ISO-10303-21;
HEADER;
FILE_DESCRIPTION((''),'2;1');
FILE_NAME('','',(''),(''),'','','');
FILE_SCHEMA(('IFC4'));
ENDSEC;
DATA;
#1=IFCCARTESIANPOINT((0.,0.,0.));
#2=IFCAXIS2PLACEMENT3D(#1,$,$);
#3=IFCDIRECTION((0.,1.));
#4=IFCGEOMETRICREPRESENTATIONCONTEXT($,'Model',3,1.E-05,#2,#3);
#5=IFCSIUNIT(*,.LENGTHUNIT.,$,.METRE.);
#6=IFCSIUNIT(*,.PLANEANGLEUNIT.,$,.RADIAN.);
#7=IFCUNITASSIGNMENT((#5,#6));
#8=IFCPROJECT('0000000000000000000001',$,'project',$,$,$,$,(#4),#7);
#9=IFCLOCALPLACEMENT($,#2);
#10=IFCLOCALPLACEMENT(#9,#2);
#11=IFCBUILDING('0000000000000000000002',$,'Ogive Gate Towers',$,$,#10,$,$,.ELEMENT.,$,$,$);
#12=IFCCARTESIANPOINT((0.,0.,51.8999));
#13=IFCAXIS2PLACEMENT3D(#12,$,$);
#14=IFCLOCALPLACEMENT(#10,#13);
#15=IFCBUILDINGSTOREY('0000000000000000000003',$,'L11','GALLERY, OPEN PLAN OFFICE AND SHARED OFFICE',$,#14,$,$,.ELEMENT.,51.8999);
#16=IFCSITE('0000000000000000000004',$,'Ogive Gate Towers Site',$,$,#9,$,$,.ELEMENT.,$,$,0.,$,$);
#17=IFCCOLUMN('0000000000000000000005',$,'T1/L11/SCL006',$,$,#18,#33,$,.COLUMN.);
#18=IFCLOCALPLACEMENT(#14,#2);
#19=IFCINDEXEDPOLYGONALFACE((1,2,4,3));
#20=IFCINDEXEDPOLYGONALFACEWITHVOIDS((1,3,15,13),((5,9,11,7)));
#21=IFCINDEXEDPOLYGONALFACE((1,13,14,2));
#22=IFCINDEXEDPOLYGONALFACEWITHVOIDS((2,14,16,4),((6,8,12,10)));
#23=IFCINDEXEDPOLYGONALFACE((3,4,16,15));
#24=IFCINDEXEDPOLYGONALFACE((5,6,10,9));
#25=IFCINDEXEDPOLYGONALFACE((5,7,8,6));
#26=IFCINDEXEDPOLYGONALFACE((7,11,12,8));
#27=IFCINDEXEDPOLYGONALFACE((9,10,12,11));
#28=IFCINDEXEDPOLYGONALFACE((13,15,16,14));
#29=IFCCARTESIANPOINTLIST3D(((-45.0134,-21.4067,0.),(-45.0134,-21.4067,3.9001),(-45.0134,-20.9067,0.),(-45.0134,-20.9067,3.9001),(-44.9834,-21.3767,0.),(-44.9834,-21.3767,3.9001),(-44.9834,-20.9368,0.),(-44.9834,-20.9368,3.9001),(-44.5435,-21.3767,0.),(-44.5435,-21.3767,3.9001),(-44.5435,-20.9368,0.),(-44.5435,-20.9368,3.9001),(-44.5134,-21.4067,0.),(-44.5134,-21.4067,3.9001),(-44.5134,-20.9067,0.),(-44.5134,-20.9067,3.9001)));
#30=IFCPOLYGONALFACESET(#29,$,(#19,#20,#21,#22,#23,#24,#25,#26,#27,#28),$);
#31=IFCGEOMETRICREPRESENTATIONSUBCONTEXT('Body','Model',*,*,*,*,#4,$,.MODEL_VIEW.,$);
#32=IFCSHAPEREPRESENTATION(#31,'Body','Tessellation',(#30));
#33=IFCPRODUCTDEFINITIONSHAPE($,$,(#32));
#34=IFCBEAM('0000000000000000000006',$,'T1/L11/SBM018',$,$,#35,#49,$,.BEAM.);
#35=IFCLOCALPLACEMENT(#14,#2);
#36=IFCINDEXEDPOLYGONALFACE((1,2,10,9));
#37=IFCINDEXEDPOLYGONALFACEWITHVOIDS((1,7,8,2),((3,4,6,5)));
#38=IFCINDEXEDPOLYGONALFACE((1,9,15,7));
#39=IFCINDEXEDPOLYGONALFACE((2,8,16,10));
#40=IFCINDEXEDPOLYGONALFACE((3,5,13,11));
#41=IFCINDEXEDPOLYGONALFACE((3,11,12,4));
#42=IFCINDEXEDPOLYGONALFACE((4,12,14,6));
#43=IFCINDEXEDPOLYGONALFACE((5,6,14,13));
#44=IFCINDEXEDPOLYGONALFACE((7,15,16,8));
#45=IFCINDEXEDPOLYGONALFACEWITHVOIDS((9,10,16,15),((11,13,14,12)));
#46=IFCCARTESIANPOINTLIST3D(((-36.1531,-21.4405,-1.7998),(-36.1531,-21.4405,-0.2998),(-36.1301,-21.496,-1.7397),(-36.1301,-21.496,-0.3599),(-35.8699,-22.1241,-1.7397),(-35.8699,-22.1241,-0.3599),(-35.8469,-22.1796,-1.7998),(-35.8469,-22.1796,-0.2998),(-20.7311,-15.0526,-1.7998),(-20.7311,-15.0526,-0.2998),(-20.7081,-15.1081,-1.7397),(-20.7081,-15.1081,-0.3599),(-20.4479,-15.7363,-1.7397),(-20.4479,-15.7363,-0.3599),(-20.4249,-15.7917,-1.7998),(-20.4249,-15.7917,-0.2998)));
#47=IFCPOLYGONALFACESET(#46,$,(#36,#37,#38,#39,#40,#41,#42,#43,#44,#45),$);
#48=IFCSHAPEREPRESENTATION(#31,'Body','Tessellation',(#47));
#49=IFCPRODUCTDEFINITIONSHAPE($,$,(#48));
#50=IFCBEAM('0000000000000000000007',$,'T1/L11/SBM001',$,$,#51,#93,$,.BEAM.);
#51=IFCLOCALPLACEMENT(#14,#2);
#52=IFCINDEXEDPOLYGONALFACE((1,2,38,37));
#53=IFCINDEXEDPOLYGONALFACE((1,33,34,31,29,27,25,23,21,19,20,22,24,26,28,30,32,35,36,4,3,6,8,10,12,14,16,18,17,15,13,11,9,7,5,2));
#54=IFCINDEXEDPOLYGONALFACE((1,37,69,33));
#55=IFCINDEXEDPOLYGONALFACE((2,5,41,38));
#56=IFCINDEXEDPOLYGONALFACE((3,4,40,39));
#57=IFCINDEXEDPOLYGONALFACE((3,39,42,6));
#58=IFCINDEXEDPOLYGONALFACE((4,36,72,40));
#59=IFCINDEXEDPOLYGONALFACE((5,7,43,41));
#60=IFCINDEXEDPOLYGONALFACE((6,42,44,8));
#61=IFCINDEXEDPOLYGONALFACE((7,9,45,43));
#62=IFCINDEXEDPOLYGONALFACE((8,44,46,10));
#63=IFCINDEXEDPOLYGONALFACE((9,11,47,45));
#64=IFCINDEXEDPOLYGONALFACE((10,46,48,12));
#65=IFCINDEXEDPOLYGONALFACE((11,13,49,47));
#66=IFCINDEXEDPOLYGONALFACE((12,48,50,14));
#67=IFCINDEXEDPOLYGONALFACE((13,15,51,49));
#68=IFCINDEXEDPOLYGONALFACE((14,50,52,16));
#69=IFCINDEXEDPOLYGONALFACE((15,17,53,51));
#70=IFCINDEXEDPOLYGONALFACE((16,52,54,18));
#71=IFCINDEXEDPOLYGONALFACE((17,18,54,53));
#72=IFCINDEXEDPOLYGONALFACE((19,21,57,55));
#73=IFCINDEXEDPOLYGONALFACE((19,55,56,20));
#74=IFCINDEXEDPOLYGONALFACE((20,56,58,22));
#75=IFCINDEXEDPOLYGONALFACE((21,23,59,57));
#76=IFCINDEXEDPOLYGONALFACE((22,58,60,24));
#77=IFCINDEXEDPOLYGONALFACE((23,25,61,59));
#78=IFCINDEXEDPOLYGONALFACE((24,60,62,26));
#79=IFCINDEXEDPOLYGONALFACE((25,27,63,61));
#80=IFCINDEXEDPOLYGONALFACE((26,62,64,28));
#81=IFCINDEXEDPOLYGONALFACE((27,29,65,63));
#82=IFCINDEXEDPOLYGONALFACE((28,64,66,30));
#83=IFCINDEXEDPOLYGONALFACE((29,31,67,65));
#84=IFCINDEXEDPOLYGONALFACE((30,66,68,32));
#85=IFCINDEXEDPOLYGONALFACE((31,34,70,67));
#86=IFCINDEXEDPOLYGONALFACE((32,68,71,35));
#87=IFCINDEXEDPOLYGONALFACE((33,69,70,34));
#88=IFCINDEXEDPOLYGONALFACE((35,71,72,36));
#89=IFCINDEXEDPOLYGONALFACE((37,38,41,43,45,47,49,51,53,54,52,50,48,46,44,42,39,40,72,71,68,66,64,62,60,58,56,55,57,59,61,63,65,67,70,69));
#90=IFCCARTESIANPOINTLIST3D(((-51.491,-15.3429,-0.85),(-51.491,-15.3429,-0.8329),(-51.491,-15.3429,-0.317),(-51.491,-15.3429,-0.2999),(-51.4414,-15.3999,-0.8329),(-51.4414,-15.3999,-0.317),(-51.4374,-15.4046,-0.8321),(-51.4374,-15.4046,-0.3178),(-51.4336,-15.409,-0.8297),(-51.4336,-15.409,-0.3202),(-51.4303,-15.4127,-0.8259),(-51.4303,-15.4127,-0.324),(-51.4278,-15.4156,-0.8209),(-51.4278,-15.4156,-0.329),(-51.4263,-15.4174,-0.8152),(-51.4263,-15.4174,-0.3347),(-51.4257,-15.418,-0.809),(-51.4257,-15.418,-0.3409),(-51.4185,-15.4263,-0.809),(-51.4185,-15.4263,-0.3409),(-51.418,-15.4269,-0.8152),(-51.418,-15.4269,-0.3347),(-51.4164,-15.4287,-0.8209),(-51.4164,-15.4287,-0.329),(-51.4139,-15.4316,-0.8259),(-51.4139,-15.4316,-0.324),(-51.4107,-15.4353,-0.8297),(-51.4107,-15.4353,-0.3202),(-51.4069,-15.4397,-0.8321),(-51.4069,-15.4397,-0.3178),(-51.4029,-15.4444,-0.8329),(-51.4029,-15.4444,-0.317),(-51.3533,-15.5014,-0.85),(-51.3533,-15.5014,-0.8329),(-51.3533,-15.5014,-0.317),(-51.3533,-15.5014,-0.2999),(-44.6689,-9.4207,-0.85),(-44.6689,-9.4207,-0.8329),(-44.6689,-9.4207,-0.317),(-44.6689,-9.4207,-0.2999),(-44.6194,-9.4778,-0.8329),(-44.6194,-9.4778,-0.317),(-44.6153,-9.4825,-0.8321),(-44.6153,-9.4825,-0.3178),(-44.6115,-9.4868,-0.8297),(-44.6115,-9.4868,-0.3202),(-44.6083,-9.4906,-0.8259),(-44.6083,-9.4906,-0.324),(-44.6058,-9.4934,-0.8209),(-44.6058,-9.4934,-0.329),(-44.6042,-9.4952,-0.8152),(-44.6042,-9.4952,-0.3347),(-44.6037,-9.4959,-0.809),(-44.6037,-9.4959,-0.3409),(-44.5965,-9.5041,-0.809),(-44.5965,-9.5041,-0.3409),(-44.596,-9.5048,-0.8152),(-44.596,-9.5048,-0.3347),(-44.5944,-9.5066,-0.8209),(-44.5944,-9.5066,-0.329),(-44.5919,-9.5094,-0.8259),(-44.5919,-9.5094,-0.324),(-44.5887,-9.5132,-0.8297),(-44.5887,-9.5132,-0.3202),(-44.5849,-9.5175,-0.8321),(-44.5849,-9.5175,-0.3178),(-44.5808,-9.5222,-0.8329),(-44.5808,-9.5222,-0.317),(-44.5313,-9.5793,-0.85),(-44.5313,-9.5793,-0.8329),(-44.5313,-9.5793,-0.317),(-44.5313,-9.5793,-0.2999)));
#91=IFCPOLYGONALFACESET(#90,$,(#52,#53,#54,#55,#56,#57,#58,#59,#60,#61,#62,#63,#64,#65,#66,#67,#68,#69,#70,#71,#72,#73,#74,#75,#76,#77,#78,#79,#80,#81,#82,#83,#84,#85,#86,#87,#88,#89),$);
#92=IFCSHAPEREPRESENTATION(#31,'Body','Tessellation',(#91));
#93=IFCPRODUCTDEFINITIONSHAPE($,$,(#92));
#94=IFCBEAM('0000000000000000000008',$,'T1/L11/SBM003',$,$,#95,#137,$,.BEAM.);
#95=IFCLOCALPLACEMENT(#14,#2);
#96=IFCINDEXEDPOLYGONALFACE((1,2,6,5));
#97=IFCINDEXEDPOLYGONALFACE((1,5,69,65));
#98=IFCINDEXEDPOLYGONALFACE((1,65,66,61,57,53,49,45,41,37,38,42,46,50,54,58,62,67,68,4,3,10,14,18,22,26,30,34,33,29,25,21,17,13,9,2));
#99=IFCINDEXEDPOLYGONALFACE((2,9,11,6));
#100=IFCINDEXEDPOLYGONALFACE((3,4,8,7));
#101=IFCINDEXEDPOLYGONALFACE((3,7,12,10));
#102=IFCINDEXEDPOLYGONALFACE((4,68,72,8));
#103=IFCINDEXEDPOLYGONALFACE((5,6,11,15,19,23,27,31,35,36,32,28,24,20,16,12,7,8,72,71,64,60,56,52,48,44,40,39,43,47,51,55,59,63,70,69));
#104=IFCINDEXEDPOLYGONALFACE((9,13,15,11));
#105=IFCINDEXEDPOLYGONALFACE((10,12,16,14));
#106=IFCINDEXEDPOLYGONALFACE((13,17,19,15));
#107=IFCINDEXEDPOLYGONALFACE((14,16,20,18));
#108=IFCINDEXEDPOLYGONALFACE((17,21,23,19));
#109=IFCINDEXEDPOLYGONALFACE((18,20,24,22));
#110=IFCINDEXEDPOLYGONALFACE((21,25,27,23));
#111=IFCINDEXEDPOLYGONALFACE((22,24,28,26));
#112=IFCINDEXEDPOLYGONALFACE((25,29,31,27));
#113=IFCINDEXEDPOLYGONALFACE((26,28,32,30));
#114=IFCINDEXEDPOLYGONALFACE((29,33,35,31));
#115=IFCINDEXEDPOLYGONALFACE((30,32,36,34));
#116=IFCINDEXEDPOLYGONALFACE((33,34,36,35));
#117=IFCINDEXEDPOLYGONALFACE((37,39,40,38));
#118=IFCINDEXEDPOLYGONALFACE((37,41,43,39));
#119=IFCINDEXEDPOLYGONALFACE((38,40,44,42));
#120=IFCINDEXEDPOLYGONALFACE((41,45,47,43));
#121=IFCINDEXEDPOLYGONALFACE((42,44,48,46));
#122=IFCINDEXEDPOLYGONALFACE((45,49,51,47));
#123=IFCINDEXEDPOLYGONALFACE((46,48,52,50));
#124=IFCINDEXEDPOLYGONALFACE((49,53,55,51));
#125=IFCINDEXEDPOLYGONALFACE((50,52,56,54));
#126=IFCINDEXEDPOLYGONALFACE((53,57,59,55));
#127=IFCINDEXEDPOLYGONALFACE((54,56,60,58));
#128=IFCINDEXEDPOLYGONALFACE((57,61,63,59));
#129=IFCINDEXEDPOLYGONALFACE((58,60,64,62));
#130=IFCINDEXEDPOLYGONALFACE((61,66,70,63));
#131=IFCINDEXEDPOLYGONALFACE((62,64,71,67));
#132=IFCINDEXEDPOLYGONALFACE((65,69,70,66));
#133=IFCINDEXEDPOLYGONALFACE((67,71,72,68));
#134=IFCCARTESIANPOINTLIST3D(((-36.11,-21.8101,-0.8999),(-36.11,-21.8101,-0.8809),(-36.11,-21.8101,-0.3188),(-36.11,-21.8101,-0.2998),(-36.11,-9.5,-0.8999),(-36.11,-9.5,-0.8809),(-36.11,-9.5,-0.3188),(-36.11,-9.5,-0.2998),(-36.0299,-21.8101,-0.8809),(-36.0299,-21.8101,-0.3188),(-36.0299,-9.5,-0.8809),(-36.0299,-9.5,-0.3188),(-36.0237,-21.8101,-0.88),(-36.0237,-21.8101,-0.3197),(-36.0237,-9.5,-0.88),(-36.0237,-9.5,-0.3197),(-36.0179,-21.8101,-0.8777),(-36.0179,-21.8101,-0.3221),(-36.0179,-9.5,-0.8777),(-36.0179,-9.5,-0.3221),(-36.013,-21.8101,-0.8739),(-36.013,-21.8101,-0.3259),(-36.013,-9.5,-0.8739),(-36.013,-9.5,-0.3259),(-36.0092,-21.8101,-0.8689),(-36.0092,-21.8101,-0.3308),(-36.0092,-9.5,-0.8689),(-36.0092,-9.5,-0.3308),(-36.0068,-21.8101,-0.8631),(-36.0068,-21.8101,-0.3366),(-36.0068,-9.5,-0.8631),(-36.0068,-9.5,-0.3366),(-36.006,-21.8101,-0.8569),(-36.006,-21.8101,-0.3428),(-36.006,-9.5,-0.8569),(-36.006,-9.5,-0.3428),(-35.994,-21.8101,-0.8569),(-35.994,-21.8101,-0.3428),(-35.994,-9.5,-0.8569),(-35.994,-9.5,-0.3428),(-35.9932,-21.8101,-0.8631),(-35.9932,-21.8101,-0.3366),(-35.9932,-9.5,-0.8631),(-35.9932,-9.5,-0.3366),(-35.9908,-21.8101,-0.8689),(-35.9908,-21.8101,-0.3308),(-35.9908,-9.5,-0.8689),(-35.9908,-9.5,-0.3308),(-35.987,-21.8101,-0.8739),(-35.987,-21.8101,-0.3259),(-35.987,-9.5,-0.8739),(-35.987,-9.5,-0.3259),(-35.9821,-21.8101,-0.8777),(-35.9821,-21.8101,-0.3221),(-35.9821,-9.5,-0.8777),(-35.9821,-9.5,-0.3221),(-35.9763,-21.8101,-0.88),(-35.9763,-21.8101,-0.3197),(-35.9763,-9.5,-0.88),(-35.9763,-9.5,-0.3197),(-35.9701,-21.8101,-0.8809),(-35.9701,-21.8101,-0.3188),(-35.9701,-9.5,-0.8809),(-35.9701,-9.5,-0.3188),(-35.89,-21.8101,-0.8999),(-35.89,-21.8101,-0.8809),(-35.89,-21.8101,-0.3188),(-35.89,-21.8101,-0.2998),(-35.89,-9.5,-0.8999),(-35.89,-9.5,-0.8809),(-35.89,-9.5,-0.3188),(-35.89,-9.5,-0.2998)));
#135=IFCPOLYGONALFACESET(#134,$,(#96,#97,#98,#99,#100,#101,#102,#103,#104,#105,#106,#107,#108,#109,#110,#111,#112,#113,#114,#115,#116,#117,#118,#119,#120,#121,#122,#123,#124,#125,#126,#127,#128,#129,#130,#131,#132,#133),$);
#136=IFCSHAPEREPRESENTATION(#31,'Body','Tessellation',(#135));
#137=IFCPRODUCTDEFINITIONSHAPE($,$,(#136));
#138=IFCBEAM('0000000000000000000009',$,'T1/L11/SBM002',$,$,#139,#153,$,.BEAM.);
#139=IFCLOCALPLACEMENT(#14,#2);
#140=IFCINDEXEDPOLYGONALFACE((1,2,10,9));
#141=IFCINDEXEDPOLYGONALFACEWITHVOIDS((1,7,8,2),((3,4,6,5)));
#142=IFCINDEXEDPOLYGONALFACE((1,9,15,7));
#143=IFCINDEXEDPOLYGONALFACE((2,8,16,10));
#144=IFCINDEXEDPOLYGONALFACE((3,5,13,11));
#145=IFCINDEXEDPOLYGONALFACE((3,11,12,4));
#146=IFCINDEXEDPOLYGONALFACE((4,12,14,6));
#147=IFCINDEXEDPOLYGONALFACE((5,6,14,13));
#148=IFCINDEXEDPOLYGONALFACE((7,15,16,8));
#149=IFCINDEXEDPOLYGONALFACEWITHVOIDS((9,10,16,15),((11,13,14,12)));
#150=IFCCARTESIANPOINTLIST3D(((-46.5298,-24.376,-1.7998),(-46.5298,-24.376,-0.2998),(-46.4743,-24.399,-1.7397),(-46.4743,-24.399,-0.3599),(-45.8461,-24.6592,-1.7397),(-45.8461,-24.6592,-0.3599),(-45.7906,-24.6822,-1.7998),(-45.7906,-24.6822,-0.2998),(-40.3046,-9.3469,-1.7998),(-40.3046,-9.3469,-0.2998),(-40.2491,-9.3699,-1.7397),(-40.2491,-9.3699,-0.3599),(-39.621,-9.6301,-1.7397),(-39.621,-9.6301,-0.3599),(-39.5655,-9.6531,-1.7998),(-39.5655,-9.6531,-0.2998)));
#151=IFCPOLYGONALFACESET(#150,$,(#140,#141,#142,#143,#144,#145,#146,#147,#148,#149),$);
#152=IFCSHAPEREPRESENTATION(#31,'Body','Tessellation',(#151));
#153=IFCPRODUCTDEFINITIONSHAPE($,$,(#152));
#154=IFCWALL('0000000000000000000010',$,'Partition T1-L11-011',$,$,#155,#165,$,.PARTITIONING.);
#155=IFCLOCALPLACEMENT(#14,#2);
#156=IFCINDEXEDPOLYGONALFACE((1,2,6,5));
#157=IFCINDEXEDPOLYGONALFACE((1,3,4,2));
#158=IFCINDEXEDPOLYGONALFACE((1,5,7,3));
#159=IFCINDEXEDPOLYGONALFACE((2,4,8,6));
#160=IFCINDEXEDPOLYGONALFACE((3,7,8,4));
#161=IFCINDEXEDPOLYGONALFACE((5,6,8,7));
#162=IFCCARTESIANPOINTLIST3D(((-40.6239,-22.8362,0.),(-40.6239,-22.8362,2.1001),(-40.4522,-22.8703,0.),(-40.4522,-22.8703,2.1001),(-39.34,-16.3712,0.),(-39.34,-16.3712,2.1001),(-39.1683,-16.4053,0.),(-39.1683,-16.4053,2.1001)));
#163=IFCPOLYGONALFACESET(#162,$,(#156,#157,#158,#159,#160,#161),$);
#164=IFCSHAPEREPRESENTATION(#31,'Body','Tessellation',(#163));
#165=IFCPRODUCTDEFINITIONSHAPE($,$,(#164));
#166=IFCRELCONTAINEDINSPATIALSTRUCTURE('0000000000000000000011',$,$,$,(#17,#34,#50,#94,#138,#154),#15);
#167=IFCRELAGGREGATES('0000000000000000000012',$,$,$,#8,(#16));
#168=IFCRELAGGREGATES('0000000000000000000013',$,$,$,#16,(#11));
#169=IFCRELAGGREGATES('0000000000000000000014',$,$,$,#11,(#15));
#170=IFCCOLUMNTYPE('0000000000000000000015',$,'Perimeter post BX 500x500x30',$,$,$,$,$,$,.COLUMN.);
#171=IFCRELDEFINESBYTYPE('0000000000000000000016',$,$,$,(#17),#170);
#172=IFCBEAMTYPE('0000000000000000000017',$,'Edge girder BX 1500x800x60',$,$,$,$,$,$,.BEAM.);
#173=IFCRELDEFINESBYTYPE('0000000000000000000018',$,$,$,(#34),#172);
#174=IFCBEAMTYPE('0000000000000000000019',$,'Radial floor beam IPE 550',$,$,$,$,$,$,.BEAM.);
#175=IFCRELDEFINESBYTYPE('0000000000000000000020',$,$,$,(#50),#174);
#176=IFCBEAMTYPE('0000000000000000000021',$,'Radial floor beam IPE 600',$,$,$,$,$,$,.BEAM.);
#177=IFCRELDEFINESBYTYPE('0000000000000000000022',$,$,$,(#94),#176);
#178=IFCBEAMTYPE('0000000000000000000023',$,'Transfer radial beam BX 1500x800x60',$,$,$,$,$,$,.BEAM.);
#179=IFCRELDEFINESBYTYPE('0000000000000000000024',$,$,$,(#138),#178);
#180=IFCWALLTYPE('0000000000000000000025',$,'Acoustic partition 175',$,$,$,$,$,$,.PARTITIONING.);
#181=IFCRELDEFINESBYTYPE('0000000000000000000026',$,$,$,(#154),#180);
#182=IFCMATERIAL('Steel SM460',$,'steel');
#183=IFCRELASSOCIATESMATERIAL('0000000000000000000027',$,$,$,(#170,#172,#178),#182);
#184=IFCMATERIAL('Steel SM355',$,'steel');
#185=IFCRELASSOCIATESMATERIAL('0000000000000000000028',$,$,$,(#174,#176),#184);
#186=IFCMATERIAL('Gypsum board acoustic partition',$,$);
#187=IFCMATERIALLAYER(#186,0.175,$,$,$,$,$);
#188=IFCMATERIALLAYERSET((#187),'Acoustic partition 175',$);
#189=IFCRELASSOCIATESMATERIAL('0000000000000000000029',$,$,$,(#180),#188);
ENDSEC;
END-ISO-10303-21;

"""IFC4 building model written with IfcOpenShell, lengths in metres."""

from ifc_helpers import new_model, si_unit, direction, frame, frame_2d, origin, origin_2d, place, context, subcontext, project, spatial, rectangle, hollow_rectangle, i_section, extrude, material, layer, layer_set, material_profile, profile_set, type_object, element, save


model = new_model("IFC4")

# Units and contexts
model_context = context("Model", 3, precision=1e-05, world=origin(), true_north=direction((0.0, 1.0)))
body_context = subcontext(model_context, "Body", "Model", "MODEL_VIEW")
ifc_project = project(units=[si_unit("LENGTHUNIT", "METRE"), si_unit("PLANEANGLEUNIT", "RADIAN")], contexts=[model_context])

# Site, building, storey
site_placement = place(None, origin())
site = spatial("IfcSite", under=ifc_project, at=site_placement, Name="Ogive Gate Towers Site", CompositionType="ELEMENT", RefElevation=0.0)
building_placement = place(site_placement, origin())
building = spatial("IfcBuilding", under=site, at=building_placement, Name="Ogive Gate Towers", CompositionType="ELEMENT")
storey_placement = place(building_placement, frame((0.0, 0.0, 51.8999)))
storey = spatial("IfcBuildingStorey", under=building, at=storey_placement, Name="L11", Description="GALLERY, OPEN PLAN OFFICE AND SHARED OFFICE", CompositionType="ELEMENT", Elevation=51.8999)

# Column
ifc_material_1 = material(Name="Steel SM460", Category="steel")
ifc_material_profile_1 = material_profile(ifc_material_1, hollow_rectangle(XDim=0.5, YDim=0.5, WallThickness=0.03, at=origin_2d()), Name="BX 500x500x30")
ifc_profile_set_1 = profile_set([ifc_material_profile_1], Name="Steel SM460")
column_type = type_object("IfcColumnType", Name="Perimeter post BX 500x500x30", PredefinedType="COLUMN", material=ifc_profile_set_1)
column_placement = place(storey_placement, frame((-44.7634, -21.1567, 0.0), z_axis=(0.0, 0.0, 1.0), x_axis=(1.0, 0.0, 0.0)))
element("IfcColumn", 1, at=column_placement, inside=storey, type_object=column_type, Name="T1/L11/SCL006", PredefinedType="COLUMN", context=body_context, shape_type="SweptSolid", body=[
    extrude(hollow_rectangle(XDim=0.5, YDim=0.5, WallThickness=0.03, at=origin_2d()), origin(), (0.0, 0.0, 1.0), 3.9001),
])

# Beams
ifc_material_profile_2 = material_profile(ifc_material_1, hollow_rectangle(XDim=0.8, YDim=1.5, WallThickness=0.0601, at=origin_2d()), Name="BX 1500x800x60")
ifc_profile_set_2 = profile_set([ifc_material_profile_2], Name="Steel SM460")
beam_type_1 = type_object("IfcBeamType", Name="Edge girder BX 1500x800x60", PredefinedType="BEAM", material=ifc_profile_set_2)
beam_1_placement = place(storey_placement, frame((-36.0, -21.8101, -1.0498), z_axis=(0.923882, 0.382678, 0.0), x_axis=(-0.382678, 0.923882, 0.0)))
element("IfcBeam", 2, at=beam_1_placement, inside=storey, type_object=beam_type_1, Name="T1/L11/SBM018", PredefinedType="BEAM", context=body_context, shape_type="SweptSolid", body=[
    extrude(hollow_rectangle(XDim=0.8, YDim=1.5, WallThickness=0.0601, at=origin_2d()), origin(), (0.0, 0.0, 1.0), 16.6926),
])
ifc_material_2 = material(Name="Steel SM355", Category="steel")
ifc_material_profile_3 = material_profile(ifc_material_2, i_section(OverallWidth=0.21, OverallDepth=0.55, WebThickness=0.011, FlangeThickness=0.0171, FilletRadius=0.0239, at=origin_2d()), Name="IPE 550")
ifc_profile_set_3 = profile_set([ifc_material_profile_3], Name="Steel SM355")
beam_type_2 = type_object("IfcBeamType", Name="Radial floor beam IPE 550", PredefinedType="BEAM", material=ifc_profile_set_3)
beam_2_placement = place(storey_placement, frame((-44.6001, -9.5, -0.575), z_axis=(-0.755157, -0.655544, 0.0), x_axis=(0.655544, -0.755157, 0.0)))
element("IfcBeam", 3, at=beam_2_placement, inside=storey, type_object=beam_type_2, Name="T1/L11/SBM001", PredefinedType="BEAM", context=body_context, shape_type="SweptSolid", body=[
    extrude(i_section(OverallWidth=0.21, OverallDepth=0.55, WebThickness=0.011, FlangeThickness=0.0171, FilletRadius=0.0239, at=origin_2d()), origin(), (0.0, 0.0, 1.0), 9.0339),
])
ifc_material_profile_4 = material_profile(ifc_material_2, i_section(OverallWidth=0.22, OverallDepth=0.6001, WebThickness=0.012, FlangeThickness=0.019, FilletRadius=0.0239, at=origin_2d()), Name="IPE 600")
ifc_profile_set_4 = profile_set([ifc_material_profile_4], Name="Steel SM355")
beam_type_3 = type_object("IfcBeamType", Name="Radial floor beam IPE 600", PredefinedType="BEAM", material=ifc_profile_set_4)
beam_3_placement = place(storey_placement, frame((-36.0, -9.5, -0.5999), z_axis=(0.0, -1.0, 0.0), x_axis=(1.0, 0.0, 0.0)))
element("IfcBeam", 4, at=beam_3_placement, inside=storey, type_object=beam_type_3, Name="T1/L11/SBM003", PredefinedType="BEAM", context=body_context, shape_type="SweptSolid", body=[
    extrude(i_section(OverallWidth=0.22, OverallDepth=0.6001, WebThickness=0.012, FlangeThickness=0.019, FilletRadius=0.0239, at=origin_2d()), origin(), (0.0, 0.0, 1.0), 12.3101),
])
ifc_material_profile_5 = material_profile(ifc_material_1, hollow_rectangle(XDim=0.8, YDim=1.5, WallThickness=0.0601, at=origin_2d()), Name="BX 1500x800x60")
ifc_profile_set_5 = profile_set([ifc_material_profile_5], Name="Steel SM460")
beam_type_4 = type_object("IfcBeamType", Name="Transfer radial beam BX 1500x800x60", PredefinedType="BEAM", material=ifc_profile_set_5)
beam_4_placement = place(storey_placement, frame((-39.9351, -9.5, -1.0498), z_axis=(-0.382676, -0.923883, 0.0), x_axis=(0.923883, -0.382676, 0.0)))
element("IfcBeam", 5, at=beam_4_placement, inside=storey, type_object=beam_type_4, Name="T1/L11/SBM002", PredefinedType="BEAM", context=body_context, shape_type="SweptSolid", body=[
    extrude(hollow_rectangle(XDim=0.8, YDim=1.5, WallThickness=0.0601, at=origin_2d()), origin(), (0.0, 0.0, 1.0), 16.2673),
])

# Wall
ifc_material_3 = material(Name="Gypsum board acoustic partition")
ifc_layer_1 = layer(ifc_material_3, 0.175)
ifc_layer_set_1 = layer_set([ifc_layer_1], Name="Acoustic partition 175")
wall_type_1 = type_object("IfcWallType", Name="Acoustic partition 175", PredefinedType="PARTITIONING", material=ifc_layer_set_1)
wall_1_placement = place(storey_placement, frame((-40.5381, -22.8533, 0.0), z_axis=(0.0, 0.0, 1.0), x_axis=(0.194791, 0.980845, 0.0)))
element("IfcWall", 6, at=wall_1_placement, inside=storey, type_object=wall_type_1, Name="Partition T1-L11-011", PredefinedType="PARTITIONING", context=body_context, shape_type="SweptSolid", body=[
    extrude(rectangle(XDim=6.5913, YDim=0.175, at=frame_2d((3.2957, 0.0))), origin(), (0.0, 0.0, 1.0), 2.1001),
])

save(model, "model.ifc")
